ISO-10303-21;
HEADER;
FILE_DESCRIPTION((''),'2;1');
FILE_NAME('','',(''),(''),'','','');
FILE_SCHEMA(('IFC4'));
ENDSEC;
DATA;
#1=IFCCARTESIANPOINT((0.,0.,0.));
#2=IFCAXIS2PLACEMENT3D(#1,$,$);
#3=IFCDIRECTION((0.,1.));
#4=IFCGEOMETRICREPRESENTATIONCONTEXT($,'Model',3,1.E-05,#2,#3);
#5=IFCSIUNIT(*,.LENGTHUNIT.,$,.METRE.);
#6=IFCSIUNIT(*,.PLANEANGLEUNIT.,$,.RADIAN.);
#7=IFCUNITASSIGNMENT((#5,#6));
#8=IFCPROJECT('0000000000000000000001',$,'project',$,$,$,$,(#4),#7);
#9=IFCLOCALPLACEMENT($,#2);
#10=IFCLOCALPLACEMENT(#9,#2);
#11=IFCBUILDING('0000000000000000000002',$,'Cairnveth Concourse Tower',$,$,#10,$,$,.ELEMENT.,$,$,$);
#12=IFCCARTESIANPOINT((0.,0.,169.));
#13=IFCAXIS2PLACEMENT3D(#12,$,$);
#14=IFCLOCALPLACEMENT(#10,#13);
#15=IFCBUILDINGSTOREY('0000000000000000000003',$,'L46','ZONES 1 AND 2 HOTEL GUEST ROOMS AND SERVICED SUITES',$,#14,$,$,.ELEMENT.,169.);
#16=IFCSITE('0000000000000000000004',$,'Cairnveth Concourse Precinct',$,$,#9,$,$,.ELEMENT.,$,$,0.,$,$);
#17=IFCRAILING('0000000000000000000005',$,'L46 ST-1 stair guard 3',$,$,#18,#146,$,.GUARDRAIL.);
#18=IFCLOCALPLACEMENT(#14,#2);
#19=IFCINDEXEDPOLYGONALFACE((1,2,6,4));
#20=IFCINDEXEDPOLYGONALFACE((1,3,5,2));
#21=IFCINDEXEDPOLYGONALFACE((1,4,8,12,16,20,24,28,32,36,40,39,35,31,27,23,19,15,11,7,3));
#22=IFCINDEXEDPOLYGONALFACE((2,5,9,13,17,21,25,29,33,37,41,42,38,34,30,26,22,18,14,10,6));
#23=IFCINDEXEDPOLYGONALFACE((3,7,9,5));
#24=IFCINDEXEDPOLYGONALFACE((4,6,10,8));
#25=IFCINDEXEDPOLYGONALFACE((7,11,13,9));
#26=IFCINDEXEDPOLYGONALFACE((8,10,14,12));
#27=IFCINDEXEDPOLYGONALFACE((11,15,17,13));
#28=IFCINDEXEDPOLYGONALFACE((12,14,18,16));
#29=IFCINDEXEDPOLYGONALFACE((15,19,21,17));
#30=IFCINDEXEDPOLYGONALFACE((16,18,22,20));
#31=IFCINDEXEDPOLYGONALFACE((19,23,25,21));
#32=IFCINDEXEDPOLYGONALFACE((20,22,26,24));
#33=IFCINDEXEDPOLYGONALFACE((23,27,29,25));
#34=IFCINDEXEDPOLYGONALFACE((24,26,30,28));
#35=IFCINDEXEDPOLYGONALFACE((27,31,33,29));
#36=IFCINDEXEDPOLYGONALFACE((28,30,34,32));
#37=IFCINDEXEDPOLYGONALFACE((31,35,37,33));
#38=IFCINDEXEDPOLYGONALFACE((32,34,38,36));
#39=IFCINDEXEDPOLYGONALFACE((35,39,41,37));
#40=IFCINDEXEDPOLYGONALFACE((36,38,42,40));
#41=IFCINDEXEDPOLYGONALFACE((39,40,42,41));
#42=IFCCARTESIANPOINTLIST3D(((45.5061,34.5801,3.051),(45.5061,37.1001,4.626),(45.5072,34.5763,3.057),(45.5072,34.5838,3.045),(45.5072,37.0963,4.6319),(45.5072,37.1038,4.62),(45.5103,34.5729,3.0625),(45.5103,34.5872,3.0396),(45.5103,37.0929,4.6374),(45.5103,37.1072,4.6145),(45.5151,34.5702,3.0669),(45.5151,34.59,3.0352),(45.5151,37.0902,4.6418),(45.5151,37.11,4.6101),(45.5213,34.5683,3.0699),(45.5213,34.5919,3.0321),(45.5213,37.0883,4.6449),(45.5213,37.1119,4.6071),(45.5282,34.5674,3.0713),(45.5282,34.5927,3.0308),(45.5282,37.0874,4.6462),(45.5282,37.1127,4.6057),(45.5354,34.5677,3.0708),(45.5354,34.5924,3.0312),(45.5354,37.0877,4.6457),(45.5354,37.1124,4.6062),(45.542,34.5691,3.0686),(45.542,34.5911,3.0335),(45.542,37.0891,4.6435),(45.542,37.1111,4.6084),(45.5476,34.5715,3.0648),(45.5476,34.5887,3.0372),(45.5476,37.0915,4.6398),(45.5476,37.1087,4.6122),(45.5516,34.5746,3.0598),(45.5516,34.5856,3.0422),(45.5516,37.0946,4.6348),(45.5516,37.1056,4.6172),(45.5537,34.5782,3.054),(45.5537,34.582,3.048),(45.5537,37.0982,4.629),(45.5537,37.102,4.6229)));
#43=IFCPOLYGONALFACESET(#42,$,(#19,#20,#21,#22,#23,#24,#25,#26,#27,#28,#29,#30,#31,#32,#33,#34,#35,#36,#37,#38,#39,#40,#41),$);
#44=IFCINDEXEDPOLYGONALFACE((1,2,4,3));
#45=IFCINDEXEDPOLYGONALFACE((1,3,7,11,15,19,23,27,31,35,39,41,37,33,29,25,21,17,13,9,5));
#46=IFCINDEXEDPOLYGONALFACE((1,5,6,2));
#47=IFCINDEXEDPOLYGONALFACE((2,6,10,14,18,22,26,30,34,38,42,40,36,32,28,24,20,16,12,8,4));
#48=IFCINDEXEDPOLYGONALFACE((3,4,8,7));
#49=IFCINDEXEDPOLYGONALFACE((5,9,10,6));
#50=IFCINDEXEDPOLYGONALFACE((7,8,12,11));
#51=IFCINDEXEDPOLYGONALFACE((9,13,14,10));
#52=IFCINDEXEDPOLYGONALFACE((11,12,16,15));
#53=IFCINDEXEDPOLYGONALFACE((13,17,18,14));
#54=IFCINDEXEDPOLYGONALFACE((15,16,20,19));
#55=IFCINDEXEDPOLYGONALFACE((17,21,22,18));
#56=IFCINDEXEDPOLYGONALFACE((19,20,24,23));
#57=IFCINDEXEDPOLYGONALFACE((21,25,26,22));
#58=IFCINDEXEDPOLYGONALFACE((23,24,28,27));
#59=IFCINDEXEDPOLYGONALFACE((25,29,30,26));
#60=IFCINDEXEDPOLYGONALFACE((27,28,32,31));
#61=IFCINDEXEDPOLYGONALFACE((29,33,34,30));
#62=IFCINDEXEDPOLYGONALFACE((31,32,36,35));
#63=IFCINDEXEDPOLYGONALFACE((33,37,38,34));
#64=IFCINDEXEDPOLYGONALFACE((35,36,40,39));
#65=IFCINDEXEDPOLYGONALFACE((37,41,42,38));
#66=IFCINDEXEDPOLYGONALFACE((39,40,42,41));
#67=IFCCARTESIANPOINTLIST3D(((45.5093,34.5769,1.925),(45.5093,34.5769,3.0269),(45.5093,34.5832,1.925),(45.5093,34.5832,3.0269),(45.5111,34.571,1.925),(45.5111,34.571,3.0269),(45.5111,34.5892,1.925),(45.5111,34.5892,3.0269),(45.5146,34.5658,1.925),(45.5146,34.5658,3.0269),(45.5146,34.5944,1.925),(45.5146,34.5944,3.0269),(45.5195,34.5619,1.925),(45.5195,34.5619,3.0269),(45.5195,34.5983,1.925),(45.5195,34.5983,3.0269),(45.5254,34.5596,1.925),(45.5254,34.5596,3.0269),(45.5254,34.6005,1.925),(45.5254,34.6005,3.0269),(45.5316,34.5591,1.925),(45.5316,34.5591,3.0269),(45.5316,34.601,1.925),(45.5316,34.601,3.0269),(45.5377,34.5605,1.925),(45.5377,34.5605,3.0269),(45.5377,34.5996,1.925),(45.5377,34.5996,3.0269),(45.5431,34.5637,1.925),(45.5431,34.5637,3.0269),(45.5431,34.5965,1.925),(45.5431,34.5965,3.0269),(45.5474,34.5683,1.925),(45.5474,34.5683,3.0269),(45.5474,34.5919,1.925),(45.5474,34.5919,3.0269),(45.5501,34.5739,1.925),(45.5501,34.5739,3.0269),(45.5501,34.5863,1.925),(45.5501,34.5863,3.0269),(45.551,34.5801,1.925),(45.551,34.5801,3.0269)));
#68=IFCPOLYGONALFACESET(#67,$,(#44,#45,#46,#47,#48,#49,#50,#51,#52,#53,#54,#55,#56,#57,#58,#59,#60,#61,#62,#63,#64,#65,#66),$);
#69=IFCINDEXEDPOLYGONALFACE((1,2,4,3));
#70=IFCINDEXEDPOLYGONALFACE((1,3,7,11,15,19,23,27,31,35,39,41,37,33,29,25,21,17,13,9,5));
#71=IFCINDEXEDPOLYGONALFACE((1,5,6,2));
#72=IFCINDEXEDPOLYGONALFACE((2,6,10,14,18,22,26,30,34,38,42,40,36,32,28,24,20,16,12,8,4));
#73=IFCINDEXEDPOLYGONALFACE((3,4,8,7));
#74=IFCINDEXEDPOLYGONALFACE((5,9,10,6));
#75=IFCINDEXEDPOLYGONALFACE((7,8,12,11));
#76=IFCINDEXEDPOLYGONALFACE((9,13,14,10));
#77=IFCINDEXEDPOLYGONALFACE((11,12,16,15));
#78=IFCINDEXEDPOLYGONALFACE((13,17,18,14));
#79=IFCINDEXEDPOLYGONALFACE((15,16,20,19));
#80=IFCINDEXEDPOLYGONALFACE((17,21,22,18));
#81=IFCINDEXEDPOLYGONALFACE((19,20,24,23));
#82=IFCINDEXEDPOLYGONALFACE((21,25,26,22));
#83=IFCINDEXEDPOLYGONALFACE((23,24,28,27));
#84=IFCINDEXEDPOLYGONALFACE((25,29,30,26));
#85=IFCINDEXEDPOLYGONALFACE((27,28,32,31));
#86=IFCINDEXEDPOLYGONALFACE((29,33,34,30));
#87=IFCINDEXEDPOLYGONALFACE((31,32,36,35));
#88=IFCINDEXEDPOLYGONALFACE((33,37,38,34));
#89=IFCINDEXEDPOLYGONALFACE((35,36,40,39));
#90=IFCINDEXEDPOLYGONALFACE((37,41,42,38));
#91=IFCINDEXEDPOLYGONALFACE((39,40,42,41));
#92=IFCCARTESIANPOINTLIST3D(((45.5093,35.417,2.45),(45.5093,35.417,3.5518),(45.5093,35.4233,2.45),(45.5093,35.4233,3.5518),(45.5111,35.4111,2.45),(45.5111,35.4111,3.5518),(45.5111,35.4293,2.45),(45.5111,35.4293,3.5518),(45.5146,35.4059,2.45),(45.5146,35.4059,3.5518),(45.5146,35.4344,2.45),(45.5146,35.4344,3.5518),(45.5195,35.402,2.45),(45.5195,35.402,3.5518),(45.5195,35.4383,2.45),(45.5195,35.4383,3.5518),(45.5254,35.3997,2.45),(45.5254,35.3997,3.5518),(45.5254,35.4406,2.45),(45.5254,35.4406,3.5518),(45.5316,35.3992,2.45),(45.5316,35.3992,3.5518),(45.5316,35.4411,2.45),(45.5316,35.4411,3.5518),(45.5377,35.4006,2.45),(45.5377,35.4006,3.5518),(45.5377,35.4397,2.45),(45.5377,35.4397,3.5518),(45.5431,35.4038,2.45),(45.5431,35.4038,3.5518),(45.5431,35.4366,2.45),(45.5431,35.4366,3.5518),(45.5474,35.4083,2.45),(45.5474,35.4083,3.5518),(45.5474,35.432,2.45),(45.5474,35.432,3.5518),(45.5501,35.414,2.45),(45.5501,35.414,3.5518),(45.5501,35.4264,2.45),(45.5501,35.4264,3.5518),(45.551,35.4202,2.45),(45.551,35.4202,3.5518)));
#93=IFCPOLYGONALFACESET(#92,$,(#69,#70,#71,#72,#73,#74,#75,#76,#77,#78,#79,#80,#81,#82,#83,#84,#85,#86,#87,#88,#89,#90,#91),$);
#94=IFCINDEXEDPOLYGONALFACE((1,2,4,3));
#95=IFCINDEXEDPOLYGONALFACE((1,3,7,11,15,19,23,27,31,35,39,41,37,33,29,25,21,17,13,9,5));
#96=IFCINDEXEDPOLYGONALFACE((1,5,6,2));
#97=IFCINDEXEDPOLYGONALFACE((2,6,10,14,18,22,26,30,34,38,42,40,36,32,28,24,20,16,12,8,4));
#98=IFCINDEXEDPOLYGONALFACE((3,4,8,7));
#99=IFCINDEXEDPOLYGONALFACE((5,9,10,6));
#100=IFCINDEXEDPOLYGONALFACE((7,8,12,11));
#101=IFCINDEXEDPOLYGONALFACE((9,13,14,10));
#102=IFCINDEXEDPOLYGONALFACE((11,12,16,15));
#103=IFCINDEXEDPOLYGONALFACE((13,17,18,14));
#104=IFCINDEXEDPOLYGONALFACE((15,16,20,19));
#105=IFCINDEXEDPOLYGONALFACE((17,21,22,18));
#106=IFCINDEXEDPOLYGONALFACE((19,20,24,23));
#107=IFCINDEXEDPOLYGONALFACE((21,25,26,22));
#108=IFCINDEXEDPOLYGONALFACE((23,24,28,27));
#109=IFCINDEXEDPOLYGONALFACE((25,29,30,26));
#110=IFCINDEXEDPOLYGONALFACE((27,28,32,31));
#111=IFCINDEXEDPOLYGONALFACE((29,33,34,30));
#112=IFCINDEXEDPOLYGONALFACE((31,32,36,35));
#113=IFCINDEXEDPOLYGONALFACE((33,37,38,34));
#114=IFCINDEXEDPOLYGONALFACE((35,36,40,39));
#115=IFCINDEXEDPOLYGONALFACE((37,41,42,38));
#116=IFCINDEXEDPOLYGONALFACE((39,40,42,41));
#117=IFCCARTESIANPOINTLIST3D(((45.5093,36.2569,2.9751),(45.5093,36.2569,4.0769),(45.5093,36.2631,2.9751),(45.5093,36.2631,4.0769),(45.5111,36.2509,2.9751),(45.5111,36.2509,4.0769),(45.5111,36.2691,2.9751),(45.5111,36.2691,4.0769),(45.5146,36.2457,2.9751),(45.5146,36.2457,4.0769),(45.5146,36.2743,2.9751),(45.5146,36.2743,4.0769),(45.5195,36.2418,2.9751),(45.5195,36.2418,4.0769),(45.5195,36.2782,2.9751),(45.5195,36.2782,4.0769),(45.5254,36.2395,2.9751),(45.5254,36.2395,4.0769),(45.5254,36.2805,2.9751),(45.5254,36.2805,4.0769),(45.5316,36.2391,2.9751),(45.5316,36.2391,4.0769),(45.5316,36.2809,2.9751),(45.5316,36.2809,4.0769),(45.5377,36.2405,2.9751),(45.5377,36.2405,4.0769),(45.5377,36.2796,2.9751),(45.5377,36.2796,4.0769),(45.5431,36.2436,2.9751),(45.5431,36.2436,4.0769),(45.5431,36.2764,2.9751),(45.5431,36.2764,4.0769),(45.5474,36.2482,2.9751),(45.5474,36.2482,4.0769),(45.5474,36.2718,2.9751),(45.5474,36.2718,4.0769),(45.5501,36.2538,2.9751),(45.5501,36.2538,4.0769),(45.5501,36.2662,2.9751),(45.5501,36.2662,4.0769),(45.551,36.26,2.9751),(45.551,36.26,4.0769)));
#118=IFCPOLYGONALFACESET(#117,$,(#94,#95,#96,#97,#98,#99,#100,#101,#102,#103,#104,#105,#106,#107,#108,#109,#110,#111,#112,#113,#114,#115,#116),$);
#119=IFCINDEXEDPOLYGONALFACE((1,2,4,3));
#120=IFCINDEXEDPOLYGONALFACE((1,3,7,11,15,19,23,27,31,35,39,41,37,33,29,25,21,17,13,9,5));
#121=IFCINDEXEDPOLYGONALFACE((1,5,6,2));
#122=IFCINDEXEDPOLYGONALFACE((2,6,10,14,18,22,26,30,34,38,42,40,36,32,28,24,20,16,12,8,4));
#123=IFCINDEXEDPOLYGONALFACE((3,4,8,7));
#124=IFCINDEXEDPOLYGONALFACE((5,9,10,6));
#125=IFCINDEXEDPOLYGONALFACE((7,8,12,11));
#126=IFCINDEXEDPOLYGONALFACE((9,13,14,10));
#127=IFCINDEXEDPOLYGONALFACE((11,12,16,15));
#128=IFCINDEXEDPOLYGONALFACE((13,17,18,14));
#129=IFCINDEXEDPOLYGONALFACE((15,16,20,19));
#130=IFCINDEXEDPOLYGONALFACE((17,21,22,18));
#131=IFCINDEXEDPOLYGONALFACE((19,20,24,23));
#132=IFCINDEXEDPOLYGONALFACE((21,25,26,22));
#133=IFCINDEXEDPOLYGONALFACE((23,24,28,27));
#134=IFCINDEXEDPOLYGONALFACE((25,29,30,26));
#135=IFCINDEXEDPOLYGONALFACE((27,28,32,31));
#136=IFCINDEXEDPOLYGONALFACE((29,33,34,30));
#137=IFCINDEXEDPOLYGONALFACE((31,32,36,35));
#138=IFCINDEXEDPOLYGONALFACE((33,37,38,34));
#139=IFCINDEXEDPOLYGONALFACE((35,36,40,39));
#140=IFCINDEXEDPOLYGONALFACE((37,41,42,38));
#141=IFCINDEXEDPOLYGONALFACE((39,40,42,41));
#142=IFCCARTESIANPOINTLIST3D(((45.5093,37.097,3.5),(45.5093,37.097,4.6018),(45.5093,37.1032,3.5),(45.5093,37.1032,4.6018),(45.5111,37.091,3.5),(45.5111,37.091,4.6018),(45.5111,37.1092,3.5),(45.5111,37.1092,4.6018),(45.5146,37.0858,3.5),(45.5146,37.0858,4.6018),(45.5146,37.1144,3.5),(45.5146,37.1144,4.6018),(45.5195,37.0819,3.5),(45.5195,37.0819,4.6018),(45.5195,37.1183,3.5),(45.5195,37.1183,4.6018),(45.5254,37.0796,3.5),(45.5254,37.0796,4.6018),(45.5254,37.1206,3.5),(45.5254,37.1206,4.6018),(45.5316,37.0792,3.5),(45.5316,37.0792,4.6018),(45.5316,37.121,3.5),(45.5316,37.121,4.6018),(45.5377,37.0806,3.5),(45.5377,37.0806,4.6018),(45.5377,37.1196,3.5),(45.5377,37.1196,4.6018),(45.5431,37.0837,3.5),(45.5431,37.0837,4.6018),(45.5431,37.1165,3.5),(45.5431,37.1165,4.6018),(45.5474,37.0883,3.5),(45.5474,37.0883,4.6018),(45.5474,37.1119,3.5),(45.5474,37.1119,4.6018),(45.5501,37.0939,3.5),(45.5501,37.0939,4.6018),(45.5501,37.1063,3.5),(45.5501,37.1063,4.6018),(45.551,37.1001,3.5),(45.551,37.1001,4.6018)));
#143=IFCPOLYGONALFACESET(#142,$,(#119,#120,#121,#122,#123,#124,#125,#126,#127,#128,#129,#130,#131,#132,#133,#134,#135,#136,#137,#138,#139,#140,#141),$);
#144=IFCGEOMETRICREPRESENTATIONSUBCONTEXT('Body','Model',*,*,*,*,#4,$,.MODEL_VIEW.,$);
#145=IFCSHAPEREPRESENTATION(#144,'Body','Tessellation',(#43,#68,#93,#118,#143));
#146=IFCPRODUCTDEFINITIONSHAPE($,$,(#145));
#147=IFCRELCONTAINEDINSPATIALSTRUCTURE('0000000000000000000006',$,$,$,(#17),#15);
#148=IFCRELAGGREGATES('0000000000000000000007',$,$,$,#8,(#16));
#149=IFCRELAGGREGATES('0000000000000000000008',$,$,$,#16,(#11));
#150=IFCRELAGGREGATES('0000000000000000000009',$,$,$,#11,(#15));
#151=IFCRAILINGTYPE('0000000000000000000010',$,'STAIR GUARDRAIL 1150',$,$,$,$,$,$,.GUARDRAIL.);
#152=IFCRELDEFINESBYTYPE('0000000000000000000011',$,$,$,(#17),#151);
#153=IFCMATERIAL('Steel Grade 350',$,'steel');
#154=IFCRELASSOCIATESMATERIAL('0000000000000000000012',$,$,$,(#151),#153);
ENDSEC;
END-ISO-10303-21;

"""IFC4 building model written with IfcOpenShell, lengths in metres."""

from ifc_helpers import new_model, si_unit, direction, frame, origin, origin_2d, place, context, subcontext, project, spatial, circle, extrude, material, type_object, element, save


model = new_model("IFC4")

# Units and contexts
model_context = context("Model", 3, precision=1e-05, world=origin(), true_north=direction((0.0, 1.0)))
body_context = subcontext(model_context, "Body", "Model", "MODEL_VIEW")
ifc_project = project(units=[si_unit("LENGTHUNIT", "METRE"), si_unit("PLANEANGLEUNIT", "RADIAN")], contexts=[model_context])

# Site, building, storey
site_placement = place(None, origin())
site = spatial("IfcSite", under=ifc_project, at=site_placement, Name="Cairnveth Concourse Precinct", CompositionType="ELEMENT", RefElevation=0.0)
building_placement = place(site_placement, origin())
building = spatial("IfcBuilding", under=site, at=building_placement, Name="Cairnveth Concourse Tower", CompositionType="ELEMENT")
storey_placement = place(building_placement, frame((0.0, 0.0, 169.0)))
storey = spatial("IfcBuildingStorey", under=building, at=storey_placement, Name="L46", Description="ZONES 1 AND 2 HOTEL GUEST ROOMS AND SERVICED SUITES", CompositionType="ELEMENT", Elevation=169.0)

# Shared definitions
ifc_material_1 = material(Name="Steel Grade 350", Category="steel")

# Railing
railing_type_1 = type_object("IfcRailingType", Name="STAIR GUARDRAIL 1150", PredefinedType="GUARDRAIL", material=ifc_material_1)
railing_1_placement = place(storey_placement, frame((45.53, 34.5801, 1.925)))
element("IfcRailing", 1, at=railing_1_placement, inside=storey, type_object=railing_type_1, Name="L46 ST-1 stair guard 3", PredefinedType="GUARDRAIL", context=body_context, shape_type="SweptSolid", body=[
    extrude(circle(Radius=0.0239, at=origin_2d()), frame((0.0, 0.0, 1.126), z_axis=(0.0, 0.848008, 0.529984), x_axis=(-1.0, 0.0, 0.0)), (0.0, 0.0, 1.0), 2.9717),
    extrude(circle(Radius=0.021, at=origin_2d()), origin(), (0.0, 0.0, 1.0), 1.1018),
    extrude(circle(Radius=0.021, at=origin_2d()), frame((0.0, 0.8401, 0.5249)), (0.0, 0.0, 1.0), 1.1018),
    extrude(circle(Radius=0.021, at=origin_2d()), frame((0.0, 1.6799, 1.05)), (0.0, 0.0, 1.0), 1.1018),
    extrude(circle(Radius=0.021, at=origin_2d()), frame((0.0, 2.52, 1.575)), (0.0, 0.0, 1.0), 1.1018),
])

save(model, "model.ifc")
